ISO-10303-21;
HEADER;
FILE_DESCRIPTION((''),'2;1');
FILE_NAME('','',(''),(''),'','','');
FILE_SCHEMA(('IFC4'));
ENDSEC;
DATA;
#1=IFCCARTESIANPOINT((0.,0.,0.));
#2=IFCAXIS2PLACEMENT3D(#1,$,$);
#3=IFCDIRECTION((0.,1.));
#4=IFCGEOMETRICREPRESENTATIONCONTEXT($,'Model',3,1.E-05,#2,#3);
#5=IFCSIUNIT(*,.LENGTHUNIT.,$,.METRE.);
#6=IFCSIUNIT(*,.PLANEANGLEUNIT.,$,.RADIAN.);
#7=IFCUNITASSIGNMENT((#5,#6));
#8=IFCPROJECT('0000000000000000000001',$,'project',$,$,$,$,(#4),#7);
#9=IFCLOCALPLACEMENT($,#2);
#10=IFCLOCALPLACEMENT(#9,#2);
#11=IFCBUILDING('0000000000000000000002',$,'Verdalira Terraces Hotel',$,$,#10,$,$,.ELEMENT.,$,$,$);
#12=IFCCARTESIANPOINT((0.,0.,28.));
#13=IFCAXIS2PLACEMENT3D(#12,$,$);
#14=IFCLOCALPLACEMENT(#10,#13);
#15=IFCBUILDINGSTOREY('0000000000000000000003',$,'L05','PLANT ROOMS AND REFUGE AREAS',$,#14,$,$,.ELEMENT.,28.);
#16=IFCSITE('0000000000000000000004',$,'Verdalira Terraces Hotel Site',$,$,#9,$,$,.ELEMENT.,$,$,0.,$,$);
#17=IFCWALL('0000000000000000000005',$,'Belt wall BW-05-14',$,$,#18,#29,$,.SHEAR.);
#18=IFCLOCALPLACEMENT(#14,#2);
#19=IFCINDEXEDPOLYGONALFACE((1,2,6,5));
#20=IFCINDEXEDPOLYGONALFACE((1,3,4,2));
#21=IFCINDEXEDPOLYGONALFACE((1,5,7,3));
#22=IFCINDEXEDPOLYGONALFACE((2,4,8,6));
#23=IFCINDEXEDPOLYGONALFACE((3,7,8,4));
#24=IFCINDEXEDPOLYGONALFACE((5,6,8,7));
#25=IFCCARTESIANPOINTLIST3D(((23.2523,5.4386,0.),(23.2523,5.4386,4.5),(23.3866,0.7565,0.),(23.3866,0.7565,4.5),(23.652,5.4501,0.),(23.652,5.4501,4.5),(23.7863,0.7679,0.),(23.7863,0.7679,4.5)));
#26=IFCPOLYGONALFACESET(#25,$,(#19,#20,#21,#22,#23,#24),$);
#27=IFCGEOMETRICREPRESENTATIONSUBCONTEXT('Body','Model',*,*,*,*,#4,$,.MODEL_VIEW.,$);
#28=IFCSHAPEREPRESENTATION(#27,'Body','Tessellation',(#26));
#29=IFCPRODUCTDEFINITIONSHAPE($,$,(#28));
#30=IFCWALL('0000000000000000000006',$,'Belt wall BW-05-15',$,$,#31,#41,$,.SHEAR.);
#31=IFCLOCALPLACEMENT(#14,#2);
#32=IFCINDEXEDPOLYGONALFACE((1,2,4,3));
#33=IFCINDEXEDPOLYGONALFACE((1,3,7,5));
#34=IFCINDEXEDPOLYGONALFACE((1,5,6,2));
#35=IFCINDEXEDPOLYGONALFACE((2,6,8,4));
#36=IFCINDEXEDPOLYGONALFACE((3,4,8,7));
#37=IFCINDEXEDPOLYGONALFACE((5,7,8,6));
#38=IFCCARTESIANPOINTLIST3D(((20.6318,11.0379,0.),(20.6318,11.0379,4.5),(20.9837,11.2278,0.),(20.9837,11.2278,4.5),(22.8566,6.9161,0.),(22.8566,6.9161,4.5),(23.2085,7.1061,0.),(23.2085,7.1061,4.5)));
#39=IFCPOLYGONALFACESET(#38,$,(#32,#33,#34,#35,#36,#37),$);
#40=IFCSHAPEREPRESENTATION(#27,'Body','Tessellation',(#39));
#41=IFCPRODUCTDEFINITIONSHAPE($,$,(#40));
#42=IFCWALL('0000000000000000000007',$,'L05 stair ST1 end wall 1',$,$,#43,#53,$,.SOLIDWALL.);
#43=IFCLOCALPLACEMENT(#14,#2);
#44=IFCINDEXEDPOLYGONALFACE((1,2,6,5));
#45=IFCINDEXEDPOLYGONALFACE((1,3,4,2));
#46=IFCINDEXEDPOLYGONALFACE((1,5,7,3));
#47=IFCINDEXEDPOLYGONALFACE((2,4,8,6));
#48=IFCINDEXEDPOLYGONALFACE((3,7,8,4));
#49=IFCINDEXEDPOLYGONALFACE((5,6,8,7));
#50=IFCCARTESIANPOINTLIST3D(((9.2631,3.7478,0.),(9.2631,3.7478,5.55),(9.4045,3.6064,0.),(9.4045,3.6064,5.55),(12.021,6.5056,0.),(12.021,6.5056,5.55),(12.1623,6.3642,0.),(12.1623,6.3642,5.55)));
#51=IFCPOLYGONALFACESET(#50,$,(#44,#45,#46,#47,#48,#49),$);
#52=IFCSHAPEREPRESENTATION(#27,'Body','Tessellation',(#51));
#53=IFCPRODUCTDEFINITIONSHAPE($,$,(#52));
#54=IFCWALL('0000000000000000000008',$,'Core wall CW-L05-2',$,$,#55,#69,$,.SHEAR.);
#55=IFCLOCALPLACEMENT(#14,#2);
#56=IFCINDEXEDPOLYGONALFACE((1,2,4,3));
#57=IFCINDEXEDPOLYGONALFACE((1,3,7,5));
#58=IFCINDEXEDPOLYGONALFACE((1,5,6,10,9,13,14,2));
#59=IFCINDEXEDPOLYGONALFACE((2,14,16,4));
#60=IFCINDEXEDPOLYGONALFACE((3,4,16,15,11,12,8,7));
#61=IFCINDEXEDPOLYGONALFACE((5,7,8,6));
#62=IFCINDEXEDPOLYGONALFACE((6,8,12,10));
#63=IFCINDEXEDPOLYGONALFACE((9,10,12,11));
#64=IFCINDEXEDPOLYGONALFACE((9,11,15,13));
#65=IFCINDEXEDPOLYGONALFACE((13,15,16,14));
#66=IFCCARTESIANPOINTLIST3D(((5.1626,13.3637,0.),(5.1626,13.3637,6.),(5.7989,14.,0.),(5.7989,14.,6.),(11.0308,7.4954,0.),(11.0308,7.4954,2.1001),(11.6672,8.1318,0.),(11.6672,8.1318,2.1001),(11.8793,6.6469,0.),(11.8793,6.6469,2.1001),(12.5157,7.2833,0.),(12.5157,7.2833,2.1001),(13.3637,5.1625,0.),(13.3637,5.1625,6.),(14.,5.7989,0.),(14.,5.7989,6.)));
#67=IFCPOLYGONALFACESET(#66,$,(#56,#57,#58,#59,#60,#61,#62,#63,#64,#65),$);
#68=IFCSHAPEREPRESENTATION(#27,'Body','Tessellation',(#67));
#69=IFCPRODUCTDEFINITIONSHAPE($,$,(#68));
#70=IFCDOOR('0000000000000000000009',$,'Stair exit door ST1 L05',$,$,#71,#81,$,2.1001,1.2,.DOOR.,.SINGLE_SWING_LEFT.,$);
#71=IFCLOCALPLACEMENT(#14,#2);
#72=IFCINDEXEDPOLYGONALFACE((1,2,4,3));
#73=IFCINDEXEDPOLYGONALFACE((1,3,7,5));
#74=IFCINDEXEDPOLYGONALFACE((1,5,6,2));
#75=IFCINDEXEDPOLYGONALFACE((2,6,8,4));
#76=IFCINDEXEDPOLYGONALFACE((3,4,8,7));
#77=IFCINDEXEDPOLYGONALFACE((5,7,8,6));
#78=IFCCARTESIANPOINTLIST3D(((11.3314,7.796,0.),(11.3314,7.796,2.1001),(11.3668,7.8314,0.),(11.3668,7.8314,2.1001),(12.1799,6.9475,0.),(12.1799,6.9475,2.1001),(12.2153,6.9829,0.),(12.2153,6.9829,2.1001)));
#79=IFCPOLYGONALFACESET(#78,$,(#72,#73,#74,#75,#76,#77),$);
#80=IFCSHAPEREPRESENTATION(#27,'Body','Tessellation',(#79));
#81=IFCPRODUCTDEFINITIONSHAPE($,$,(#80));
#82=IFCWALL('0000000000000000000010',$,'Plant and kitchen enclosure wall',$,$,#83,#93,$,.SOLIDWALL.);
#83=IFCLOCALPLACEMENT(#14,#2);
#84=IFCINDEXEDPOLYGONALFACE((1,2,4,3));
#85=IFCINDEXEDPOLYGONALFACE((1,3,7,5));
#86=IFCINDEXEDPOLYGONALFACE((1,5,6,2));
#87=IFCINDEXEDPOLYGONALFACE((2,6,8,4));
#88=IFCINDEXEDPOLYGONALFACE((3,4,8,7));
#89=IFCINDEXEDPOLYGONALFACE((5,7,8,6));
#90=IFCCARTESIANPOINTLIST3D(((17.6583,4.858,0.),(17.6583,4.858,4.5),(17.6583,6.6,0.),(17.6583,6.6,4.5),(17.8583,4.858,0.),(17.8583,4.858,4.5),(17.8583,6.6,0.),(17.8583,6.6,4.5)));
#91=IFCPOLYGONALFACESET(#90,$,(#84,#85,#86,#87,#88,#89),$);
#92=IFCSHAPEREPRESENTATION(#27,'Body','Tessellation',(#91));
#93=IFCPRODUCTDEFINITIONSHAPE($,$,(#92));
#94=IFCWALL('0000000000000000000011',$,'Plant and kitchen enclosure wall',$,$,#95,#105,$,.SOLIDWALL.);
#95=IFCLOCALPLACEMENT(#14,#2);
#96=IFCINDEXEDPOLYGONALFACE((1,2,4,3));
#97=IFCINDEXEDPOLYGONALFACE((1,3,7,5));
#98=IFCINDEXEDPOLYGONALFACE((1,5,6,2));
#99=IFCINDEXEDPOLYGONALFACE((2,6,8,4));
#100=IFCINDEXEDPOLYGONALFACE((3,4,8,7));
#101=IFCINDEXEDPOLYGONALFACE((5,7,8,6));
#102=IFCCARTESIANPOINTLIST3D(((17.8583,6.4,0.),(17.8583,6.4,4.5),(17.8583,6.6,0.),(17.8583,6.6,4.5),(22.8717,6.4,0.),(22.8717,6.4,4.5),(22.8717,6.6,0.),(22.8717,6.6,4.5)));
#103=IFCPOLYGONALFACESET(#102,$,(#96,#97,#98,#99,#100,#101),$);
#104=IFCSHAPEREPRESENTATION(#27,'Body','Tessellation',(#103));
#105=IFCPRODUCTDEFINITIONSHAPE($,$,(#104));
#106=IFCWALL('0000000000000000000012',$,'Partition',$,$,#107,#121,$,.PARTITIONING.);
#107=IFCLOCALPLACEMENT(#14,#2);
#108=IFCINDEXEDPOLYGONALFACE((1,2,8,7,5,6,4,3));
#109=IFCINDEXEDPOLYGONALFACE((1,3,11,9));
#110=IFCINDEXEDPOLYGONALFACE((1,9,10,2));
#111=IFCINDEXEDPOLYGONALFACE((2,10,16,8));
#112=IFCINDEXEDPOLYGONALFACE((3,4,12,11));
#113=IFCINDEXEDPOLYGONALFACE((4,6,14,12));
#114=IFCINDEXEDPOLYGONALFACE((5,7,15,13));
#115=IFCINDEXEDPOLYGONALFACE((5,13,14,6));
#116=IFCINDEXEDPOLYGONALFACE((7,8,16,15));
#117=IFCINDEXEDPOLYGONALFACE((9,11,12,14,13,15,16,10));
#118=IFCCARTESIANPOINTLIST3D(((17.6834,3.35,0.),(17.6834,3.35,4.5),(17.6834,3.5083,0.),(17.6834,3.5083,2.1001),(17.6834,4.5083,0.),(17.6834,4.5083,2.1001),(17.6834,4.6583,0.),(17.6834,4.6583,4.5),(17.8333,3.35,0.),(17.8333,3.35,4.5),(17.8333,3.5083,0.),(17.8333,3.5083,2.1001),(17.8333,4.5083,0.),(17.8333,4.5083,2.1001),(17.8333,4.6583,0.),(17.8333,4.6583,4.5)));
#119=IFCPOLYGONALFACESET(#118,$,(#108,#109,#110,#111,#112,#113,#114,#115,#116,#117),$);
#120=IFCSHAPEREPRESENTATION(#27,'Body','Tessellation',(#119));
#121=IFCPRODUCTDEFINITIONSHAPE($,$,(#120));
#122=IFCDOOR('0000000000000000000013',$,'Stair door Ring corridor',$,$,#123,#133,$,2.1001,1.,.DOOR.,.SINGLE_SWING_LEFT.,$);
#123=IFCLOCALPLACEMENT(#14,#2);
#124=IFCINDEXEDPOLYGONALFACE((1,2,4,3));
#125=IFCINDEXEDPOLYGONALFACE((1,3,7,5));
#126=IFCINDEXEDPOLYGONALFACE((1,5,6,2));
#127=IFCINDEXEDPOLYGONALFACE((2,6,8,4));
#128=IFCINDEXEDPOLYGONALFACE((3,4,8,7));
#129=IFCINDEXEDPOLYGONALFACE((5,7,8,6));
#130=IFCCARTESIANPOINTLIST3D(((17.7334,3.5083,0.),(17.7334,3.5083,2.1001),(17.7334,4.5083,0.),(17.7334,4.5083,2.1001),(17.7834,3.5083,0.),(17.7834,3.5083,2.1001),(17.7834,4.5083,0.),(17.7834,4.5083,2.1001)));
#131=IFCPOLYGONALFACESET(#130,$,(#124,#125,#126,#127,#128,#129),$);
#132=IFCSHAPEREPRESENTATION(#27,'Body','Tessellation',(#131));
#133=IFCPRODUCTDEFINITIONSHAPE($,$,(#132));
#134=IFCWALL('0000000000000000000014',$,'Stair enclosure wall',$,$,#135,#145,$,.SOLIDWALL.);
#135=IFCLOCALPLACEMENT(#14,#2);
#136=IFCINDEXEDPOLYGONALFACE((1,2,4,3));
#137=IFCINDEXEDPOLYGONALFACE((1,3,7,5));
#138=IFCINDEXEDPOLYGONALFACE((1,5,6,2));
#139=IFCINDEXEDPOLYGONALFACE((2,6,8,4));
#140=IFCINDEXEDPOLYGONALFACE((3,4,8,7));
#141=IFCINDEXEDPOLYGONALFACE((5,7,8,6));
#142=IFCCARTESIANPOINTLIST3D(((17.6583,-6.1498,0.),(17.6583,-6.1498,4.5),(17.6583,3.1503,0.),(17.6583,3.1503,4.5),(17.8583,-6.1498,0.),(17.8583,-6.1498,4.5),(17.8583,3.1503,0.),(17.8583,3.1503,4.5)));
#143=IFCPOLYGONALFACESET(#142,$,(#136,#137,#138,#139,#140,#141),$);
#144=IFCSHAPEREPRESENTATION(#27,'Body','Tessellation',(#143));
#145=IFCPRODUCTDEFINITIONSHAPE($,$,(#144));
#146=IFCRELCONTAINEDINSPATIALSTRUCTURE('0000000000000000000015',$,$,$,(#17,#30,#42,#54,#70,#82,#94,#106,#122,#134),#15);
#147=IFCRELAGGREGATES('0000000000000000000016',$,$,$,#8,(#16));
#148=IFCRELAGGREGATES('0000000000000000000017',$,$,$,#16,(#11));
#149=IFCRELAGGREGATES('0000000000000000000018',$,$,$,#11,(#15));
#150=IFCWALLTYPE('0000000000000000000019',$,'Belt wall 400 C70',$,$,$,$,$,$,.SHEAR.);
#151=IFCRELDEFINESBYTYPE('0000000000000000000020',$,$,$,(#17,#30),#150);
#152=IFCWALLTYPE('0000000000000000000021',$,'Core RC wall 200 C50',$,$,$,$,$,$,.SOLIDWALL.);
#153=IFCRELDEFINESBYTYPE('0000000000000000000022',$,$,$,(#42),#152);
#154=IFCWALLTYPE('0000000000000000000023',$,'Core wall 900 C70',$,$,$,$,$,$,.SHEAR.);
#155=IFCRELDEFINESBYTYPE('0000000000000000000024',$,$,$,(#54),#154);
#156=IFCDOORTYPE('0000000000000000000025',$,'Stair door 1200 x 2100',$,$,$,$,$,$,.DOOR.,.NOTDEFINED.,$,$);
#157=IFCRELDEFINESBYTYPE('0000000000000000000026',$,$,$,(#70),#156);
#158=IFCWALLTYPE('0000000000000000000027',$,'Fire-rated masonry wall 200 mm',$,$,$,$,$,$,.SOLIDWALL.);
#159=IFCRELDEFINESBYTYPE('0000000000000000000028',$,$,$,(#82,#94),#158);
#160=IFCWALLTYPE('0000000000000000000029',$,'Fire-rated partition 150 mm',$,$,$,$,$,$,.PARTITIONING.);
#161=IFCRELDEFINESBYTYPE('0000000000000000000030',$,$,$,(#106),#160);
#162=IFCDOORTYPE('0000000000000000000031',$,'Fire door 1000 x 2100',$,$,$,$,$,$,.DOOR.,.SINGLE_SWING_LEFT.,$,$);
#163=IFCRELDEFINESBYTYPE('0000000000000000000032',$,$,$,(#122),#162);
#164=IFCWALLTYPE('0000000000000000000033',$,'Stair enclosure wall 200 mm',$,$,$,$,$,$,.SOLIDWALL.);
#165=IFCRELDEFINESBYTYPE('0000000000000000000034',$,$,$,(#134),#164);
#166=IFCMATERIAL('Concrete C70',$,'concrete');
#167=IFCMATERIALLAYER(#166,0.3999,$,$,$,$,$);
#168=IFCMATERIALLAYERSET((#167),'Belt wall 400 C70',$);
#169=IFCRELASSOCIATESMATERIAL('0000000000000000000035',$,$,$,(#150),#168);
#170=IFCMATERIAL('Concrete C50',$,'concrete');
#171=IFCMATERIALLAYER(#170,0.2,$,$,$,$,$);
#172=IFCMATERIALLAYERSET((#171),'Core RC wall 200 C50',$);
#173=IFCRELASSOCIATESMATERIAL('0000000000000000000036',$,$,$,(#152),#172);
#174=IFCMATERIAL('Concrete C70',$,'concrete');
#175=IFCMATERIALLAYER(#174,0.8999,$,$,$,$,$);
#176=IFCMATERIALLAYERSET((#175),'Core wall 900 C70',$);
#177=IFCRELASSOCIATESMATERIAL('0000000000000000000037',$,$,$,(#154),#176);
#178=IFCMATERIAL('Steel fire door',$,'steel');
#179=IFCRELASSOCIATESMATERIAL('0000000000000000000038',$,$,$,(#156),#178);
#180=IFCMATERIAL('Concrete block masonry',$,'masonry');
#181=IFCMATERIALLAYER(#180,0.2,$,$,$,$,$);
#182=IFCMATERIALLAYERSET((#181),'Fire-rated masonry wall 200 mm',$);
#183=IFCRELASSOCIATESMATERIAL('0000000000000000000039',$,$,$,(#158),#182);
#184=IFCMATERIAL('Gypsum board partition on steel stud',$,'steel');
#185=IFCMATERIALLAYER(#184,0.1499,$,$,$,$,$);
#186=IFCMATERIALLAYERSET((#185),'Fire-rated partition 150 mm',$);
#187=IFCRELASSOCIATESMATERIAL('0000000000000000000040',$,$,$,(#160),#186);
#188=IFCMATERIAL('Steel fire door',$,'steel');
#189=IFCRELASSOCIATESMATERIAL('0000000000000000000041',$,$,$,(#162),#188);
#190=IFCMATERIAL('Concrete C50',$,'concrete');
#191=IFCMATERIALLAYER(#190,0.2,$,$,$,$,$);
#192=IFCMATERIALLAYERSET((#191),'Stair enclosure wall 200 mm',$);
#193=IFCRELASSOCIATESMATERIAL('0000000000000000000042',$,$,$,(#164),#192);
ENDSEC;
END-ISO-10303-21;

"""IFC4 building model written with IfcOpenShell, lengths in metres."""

from ifc_helpers import new_model, si_unit, direction, frame, frame_2d, origin, place, context, subcontext, project, spatial, rectangle, extrude, material, layer, layer_set, type_object, element, fill, save


model = new_model("IFC4")

# Units and contexts
model_context = context("Model", 3, precision=1e-05, world=origin(), true_north=direction((0.0, 1.0)))
body_context = subcontext(model_context, "Body", "Model", "MODEL_VIEW")
ifc_project = project(units=[si_unit("LENGTHUNIT", "METRE"), si_unit("PLANEANGLEUNIT", "RADIAN")], contexts=[model_context])

# Site, building, storey
site_placement = place(None, origin())
site = spatial("IfcSite", under=ifc_project, at=site_placement, Name="Verdalira Terraces Hotel Site", CompositionType="ELEMENT", RefElevation=0.0)
building_placement = place(site_placement, origin())
building = spatial("IfcBuilding", under=site, at=building_placement, Name="Verdalira Terraces Hotel", CompositionType="ELEMENT")
storey_placement = place(building_placement, frame((0.0, 0.0, 28.0)))
storey = spatial("IfcBuildingStorey", under=building, at=storey_placement, Name="L05", Description="PLANT ROOMS AND REFUGE AREAS", CompositionType="ELEMENT", Elevation=28.0)

# Walls
ifc_material_1 = material(Name="Concrete C70", Category="concrete")
ifc_layer_1 = layer(ifc_material_1, 0.3999)
ifc_layer_set_1 = layer_set([ifc_layer_1], Name="Belt wall 400 C70")
wall_type_1 = type_object("IfcWallType", Name="Belt wall 400 C70", PredefinedType="SHEAR", material=ifc_layer_set_1)
wall_1_placement = place(storey_placement, frame((23.5864, 0.7622, 0.0), z_axis=(0.0, 0.0, 1.0), x_axis=(-0.028667, 0.999589, 0.0)))
element("IfcWall", 1, at=wall_1_placement, inside=storey, type_object=wall_type_1, Name="Belt wall BW-05-14", PredefinedType="SHEAR", context=body_context, shape_type="SweptSolid", body=[
    extrude(rectangle(XDim=4.6841, YDim=0.3999, at=frame_2d((2.342, 0.0))), origin(), (0.0, 0.0, 1.0), 4.5),
])
wall_2_placement = place(storey_placement, frame((23.0325, 7.0112, 0.0), z_axis=(0.0, 0.0, 1.0), x_axis=(-0.474995, 0.879989, 0.0)))
element("IfcWall", 2, at=wall_2_placement, inside=storey, type_object=wall_type_1, Name="Belt wall BW-05-15", PredefinedType="SHEAR", context=body_context, shape_type="SweptSolid", body=[
    extrude(rectangle(XDim=4.6838, YDim=0.3999, at=frame_2d((2.3418, 0.0))), origin(), (0.0, 0.0, 1.0), 4.5),
])
ifc_material_2 = material(Name="Concrete C50", Category="concrete")
ifc_layer_2 = layer(ifc_material_2, 0.2)
ifc_layer_set_2 = layer_set([ifc_layer_2], Name="Core RC wall 200 C50")
wall_type_2 = type_object("IfcWallType", Name="Core RC wall 200 C50", PredefinedType="SOLIDWALL", material=ifc_layer_set_2)
wall_3_placement = place(storey_placement, frame((9.3337, 3.677, 0.0), z_axis=(0.0, 0.0, 1.0), x_axis=(0.707107, 0.707107, 0.0)))
element("IfcWall", 3, at=wall_3_placement, inside=storey, type_object=wall_type_2, Name="L05 stair ST1 end wall 1", PredefinedType="SOLIDWALL", context=body_context, shape_type="SweptSolid", body=[
    extrude(rectangle(XDim=3.9001, YDim=0.2, at=frame_2d((1.9502, 0.0))), origin(), (0.0, 0.0, 1.0), 5.55),
])

# Wall, opening, door
ifc_material_3 = material(Name="Concrete C70", Category="concrete")
ifc_layer_3 = layer(ifc_material_3, 0.8999)
ifc_layer_set_3 = layer_set([ifc_layer_3], Name="Core wall 900 C70")
wall_type_3 = type_object("IfcWallType", Name="Core wall 900 C70", PredefinedType="SHEAR", material=ifc_layer_set_3)
wall_4_placement = place(storey_placement, frame((13.6819, 5.4807, 0.0), z_axis=(0.0, 0.0, 1.0), x_axis=(-0.707107, 0.707107, 0.0)))
wall_4 = element("IfcWall", 4, at=wall_4_placement, inside=storey, type_object=wall_type_3, Name="Core wall CW-L05-2", PredefinedType="SHEAR", context=body_context, shape_type="SweptSolid", body=[
    extrude(rectangle(XDim=11.5981, YDim=0.8999, at=frame_2d((5.7991, 0.0))), origin(), (0.0, 0.0, 1.0), 6.0),
])
opening_1_placement = place(wall_4_placement, frame((2.0991, 0.0, 0.0)))
opening_1 = element("IfcOpeningElement", 5, at=opening_1_placement, cuts=wall_4, PredefinedType="OPENING", context=body_context, shape_type="SweptSolid", body=[
    extrude(rectangle(XDim=1.2, YDim=2.1001, at=frame_2d((0.6001, 1.05))), frame((0.0, 0.46, 0.0), z_axis=(0.0, -1.0, 0.0), x_axis=(1.0, 0.0, 0.0)), (0.0, 0.0, 1.0), 0.9199),
])
ifc_material_4 = material(Name="Steel fire door", Category="steel")
door_type_1 = type_object("IfcDoorType", Name="Stair door 1200 x 2100", OperationType="NOTDEFINED", PredefinedType="DOOR", material=ifc_material_4)
door_1_placement = place(opening_1_placement, origin())
door_1 = element("IfcDoor", 6, at=door_1_placement, inside=storey, type_object=door_type_1, Name="Stair exit door ST1 L05", OperationType="SINGLE_SWING_LEFT", OverallHeight=2.1001, OverallWidth=1.2, PredefinedType="DOOR", context=body_context, shape_type="SweptSolid", body=[
    extrude(rectangle(XDim=1.2, YDim=2.1001, at=frame_2d((0.6001, 1.05))), frame((0.0, 0.0249, 0.0), z_axis=(0.0, -1.0, 0.0), x_axis=(1.0, 0.0, 0.0)), (0.0, 0.0, 1.0), 0.05),
])
fill(opening_1, door_1)

# Walls
ifc_material_5 = material(Name="Concrete block masonry", Category="masonry")
ifc_layer_4 = layer(ifc_material_5, 0.2)
ifc_layer_set_4 = layer_set([ifc_layer_4], Name="Fire-rated masonry wall 200 mm")
wall_type_4 = type_object("IfcWallType", Name="Fire-rated masonry wall 200 mm", PredefinedType="SOLIDWALL", material=ifc_layer_set_4)
wall_5_placement = place(storey_placement, frame((17.7583, 6.6001, 0.0), z_axis=(0.0, 0.0, 1.0), x_axis=(0.0, -1.0, 0.0)))
element("IfcWall", 7, at=wall_5_placement, inside=storey, type_object=wall_type_4, Name="Plant and kitchen enclosure wall", PredefinedType="SOLIDWALL", context=body_context, shape_type="SweptSolid", body=[
    extrude(rectangle(XDim=1.7419, YDim=0.2, at=frame_2d((0.8711, 0.0))), origin(), (0.0, 0.0, 1.0), 4.5),
])
wall_6_placement = place(storey_placement, frame((22.8718, 6.5, 0.0), z_axis=(0.0, 0.0, 1.0), x_axis=(-1.0, 0.0, 0.0)))
element("IfcWall", 8, at=wall_6_placement, inside=storey, type_object=wall_type_4, Name="Plant and kitchen enclosure wall", PredefinedType="SOLIDWALL", context=body_context, shape_type="SweptSolid", body=[
    extrude(rectangle(XDim=5.0134, YDim=0.2, at=frame_2d((2.5068, 0.0))), origin(), (0.0, 0.0, 1.0), 4.5),
])

# Wall, opening, door
ifc_material_6 = material(Name="Gypsum board partition on steel stud", Category="steel")
ifc_layer_5 = layer(ifc_material_6, 0.1499)
ifc_layer_set_5 = layer_set([ifc_layer_5], Name="Fire-rated partition 150 mm")
wall_type_5 = type_object("IfcWallType", Name="Fire-rated partition 150 mm", PredefinedType="PARTITIONING", material=ifc_layer_set_5)
wall_7_placement = place(storey_placement, frame((17.7583, 3.3499, 0.0), z_axis=(0.0, 0.0, 1.0), x_axis=(0.0, 1.0, 0.0)))
wall_7 = element("IfcWall", 9, at=wall_7_placement, inside=storey, type_object=wall_type_5, Name="Partition", PredefinedType="PARTITIONING", context=body_context, shape_type="SweptSolid", body=[
    extrude(rectangle(XDim=1.3083, YDim=0.1499, at=frame_2d((0.6543, 0.0))), origin(), (0.0, 0.0, 1.0), 4.5),
])
opening_2_placement = place(wall_7_placement, frame((0.1584, 0.0, 0.0)))
opening_2 = element("IfcOpeningElement", 10, at=opening_2_placement, cuts=wall_7, PredefinedType="OPENING", context=body_context, shape_type="SweptSolid", body=[
    extrude(rectangle(XDim=1.0, YDim=2.1001, at=frame_2d((0.5, 1.05))), frame((0.0, 0.085, 0.0), z_axis=(0.0, -1.0, 0.0), x_axis=(1.0, 0.0, 0.0)), (0.0, 0.0, 1.0), 0.1699),
])
ifc_material_7 = material(Name="Steel fire door", Category="steel")
door_type_2 = type_object("IfcDoorType", Name="Fire door 1000 x 2100", OperationType="SINGLE_SWING_LEFT", PredefinedType="DOOR", material=ifc_material_7)
door_2_placement = place(opening_2_placement, origin())
door_2 = element("IfcDoor", 11, at=door_2_placement, inside=storey, type_object=door_type_2, Name="Stair door Ring corridor", OperationType="SINGLE_SWING_LEFT", OverallHeight=2.1001, OverallWidth=1.0, PredefinedType="DOOR", context=body_context, shape_type="SweptSolid", body=[
    extrude(rectangle(XDim=1.0, YDim=2.1001, at=frame_2d((0.5, 1.05))), frame((0.0, 0.0249, 0.0), z_axis=(0.0, -1.0, 0.0), x_axis=(1.0, 0.0, 0.0)), (0.0, 0.0, 1.0), 0.05),
])
fill(opening_2, door_2)

# Wall
ifc_material_8 = material(Name="Concrete C50", Category="concrete")
ifc_layer_6 = layer(ifc_material_8, 0.2)
ifc_layer_set_6 = layer_set([ifc_layer_6], Name="Stair enclosure wall 200 mm")
wall_type_6 = type_object("IfcWallType", Name="Stair enclosure wall 200 mm", PredefinedType="SOLIDWALL", material=ifc_layer_set_6)
wall_8_placement = place(storey_placement, frame((17.7583, 3.1501, 0.0), z_axis=(0.0, 0.0, 1.0), x_axis=(0.0, -1.0, 0.0)))
element("IfcWall", 12, at=wall_8_placement, inside=storey, type_object=wall_type_6, Name="Stair enclosure wall", PredefinedType="SOLIDWALL", context=body_context, shape_type="SweptSolid", body=[
    extrude(rectangle(XDim=9.3, YDim=0.2, at=frame_2d((4.6499, 0.0))), origin(), (0.0, 0.0, 1.0), 4.5),
])

save(model, "model.ifc")
